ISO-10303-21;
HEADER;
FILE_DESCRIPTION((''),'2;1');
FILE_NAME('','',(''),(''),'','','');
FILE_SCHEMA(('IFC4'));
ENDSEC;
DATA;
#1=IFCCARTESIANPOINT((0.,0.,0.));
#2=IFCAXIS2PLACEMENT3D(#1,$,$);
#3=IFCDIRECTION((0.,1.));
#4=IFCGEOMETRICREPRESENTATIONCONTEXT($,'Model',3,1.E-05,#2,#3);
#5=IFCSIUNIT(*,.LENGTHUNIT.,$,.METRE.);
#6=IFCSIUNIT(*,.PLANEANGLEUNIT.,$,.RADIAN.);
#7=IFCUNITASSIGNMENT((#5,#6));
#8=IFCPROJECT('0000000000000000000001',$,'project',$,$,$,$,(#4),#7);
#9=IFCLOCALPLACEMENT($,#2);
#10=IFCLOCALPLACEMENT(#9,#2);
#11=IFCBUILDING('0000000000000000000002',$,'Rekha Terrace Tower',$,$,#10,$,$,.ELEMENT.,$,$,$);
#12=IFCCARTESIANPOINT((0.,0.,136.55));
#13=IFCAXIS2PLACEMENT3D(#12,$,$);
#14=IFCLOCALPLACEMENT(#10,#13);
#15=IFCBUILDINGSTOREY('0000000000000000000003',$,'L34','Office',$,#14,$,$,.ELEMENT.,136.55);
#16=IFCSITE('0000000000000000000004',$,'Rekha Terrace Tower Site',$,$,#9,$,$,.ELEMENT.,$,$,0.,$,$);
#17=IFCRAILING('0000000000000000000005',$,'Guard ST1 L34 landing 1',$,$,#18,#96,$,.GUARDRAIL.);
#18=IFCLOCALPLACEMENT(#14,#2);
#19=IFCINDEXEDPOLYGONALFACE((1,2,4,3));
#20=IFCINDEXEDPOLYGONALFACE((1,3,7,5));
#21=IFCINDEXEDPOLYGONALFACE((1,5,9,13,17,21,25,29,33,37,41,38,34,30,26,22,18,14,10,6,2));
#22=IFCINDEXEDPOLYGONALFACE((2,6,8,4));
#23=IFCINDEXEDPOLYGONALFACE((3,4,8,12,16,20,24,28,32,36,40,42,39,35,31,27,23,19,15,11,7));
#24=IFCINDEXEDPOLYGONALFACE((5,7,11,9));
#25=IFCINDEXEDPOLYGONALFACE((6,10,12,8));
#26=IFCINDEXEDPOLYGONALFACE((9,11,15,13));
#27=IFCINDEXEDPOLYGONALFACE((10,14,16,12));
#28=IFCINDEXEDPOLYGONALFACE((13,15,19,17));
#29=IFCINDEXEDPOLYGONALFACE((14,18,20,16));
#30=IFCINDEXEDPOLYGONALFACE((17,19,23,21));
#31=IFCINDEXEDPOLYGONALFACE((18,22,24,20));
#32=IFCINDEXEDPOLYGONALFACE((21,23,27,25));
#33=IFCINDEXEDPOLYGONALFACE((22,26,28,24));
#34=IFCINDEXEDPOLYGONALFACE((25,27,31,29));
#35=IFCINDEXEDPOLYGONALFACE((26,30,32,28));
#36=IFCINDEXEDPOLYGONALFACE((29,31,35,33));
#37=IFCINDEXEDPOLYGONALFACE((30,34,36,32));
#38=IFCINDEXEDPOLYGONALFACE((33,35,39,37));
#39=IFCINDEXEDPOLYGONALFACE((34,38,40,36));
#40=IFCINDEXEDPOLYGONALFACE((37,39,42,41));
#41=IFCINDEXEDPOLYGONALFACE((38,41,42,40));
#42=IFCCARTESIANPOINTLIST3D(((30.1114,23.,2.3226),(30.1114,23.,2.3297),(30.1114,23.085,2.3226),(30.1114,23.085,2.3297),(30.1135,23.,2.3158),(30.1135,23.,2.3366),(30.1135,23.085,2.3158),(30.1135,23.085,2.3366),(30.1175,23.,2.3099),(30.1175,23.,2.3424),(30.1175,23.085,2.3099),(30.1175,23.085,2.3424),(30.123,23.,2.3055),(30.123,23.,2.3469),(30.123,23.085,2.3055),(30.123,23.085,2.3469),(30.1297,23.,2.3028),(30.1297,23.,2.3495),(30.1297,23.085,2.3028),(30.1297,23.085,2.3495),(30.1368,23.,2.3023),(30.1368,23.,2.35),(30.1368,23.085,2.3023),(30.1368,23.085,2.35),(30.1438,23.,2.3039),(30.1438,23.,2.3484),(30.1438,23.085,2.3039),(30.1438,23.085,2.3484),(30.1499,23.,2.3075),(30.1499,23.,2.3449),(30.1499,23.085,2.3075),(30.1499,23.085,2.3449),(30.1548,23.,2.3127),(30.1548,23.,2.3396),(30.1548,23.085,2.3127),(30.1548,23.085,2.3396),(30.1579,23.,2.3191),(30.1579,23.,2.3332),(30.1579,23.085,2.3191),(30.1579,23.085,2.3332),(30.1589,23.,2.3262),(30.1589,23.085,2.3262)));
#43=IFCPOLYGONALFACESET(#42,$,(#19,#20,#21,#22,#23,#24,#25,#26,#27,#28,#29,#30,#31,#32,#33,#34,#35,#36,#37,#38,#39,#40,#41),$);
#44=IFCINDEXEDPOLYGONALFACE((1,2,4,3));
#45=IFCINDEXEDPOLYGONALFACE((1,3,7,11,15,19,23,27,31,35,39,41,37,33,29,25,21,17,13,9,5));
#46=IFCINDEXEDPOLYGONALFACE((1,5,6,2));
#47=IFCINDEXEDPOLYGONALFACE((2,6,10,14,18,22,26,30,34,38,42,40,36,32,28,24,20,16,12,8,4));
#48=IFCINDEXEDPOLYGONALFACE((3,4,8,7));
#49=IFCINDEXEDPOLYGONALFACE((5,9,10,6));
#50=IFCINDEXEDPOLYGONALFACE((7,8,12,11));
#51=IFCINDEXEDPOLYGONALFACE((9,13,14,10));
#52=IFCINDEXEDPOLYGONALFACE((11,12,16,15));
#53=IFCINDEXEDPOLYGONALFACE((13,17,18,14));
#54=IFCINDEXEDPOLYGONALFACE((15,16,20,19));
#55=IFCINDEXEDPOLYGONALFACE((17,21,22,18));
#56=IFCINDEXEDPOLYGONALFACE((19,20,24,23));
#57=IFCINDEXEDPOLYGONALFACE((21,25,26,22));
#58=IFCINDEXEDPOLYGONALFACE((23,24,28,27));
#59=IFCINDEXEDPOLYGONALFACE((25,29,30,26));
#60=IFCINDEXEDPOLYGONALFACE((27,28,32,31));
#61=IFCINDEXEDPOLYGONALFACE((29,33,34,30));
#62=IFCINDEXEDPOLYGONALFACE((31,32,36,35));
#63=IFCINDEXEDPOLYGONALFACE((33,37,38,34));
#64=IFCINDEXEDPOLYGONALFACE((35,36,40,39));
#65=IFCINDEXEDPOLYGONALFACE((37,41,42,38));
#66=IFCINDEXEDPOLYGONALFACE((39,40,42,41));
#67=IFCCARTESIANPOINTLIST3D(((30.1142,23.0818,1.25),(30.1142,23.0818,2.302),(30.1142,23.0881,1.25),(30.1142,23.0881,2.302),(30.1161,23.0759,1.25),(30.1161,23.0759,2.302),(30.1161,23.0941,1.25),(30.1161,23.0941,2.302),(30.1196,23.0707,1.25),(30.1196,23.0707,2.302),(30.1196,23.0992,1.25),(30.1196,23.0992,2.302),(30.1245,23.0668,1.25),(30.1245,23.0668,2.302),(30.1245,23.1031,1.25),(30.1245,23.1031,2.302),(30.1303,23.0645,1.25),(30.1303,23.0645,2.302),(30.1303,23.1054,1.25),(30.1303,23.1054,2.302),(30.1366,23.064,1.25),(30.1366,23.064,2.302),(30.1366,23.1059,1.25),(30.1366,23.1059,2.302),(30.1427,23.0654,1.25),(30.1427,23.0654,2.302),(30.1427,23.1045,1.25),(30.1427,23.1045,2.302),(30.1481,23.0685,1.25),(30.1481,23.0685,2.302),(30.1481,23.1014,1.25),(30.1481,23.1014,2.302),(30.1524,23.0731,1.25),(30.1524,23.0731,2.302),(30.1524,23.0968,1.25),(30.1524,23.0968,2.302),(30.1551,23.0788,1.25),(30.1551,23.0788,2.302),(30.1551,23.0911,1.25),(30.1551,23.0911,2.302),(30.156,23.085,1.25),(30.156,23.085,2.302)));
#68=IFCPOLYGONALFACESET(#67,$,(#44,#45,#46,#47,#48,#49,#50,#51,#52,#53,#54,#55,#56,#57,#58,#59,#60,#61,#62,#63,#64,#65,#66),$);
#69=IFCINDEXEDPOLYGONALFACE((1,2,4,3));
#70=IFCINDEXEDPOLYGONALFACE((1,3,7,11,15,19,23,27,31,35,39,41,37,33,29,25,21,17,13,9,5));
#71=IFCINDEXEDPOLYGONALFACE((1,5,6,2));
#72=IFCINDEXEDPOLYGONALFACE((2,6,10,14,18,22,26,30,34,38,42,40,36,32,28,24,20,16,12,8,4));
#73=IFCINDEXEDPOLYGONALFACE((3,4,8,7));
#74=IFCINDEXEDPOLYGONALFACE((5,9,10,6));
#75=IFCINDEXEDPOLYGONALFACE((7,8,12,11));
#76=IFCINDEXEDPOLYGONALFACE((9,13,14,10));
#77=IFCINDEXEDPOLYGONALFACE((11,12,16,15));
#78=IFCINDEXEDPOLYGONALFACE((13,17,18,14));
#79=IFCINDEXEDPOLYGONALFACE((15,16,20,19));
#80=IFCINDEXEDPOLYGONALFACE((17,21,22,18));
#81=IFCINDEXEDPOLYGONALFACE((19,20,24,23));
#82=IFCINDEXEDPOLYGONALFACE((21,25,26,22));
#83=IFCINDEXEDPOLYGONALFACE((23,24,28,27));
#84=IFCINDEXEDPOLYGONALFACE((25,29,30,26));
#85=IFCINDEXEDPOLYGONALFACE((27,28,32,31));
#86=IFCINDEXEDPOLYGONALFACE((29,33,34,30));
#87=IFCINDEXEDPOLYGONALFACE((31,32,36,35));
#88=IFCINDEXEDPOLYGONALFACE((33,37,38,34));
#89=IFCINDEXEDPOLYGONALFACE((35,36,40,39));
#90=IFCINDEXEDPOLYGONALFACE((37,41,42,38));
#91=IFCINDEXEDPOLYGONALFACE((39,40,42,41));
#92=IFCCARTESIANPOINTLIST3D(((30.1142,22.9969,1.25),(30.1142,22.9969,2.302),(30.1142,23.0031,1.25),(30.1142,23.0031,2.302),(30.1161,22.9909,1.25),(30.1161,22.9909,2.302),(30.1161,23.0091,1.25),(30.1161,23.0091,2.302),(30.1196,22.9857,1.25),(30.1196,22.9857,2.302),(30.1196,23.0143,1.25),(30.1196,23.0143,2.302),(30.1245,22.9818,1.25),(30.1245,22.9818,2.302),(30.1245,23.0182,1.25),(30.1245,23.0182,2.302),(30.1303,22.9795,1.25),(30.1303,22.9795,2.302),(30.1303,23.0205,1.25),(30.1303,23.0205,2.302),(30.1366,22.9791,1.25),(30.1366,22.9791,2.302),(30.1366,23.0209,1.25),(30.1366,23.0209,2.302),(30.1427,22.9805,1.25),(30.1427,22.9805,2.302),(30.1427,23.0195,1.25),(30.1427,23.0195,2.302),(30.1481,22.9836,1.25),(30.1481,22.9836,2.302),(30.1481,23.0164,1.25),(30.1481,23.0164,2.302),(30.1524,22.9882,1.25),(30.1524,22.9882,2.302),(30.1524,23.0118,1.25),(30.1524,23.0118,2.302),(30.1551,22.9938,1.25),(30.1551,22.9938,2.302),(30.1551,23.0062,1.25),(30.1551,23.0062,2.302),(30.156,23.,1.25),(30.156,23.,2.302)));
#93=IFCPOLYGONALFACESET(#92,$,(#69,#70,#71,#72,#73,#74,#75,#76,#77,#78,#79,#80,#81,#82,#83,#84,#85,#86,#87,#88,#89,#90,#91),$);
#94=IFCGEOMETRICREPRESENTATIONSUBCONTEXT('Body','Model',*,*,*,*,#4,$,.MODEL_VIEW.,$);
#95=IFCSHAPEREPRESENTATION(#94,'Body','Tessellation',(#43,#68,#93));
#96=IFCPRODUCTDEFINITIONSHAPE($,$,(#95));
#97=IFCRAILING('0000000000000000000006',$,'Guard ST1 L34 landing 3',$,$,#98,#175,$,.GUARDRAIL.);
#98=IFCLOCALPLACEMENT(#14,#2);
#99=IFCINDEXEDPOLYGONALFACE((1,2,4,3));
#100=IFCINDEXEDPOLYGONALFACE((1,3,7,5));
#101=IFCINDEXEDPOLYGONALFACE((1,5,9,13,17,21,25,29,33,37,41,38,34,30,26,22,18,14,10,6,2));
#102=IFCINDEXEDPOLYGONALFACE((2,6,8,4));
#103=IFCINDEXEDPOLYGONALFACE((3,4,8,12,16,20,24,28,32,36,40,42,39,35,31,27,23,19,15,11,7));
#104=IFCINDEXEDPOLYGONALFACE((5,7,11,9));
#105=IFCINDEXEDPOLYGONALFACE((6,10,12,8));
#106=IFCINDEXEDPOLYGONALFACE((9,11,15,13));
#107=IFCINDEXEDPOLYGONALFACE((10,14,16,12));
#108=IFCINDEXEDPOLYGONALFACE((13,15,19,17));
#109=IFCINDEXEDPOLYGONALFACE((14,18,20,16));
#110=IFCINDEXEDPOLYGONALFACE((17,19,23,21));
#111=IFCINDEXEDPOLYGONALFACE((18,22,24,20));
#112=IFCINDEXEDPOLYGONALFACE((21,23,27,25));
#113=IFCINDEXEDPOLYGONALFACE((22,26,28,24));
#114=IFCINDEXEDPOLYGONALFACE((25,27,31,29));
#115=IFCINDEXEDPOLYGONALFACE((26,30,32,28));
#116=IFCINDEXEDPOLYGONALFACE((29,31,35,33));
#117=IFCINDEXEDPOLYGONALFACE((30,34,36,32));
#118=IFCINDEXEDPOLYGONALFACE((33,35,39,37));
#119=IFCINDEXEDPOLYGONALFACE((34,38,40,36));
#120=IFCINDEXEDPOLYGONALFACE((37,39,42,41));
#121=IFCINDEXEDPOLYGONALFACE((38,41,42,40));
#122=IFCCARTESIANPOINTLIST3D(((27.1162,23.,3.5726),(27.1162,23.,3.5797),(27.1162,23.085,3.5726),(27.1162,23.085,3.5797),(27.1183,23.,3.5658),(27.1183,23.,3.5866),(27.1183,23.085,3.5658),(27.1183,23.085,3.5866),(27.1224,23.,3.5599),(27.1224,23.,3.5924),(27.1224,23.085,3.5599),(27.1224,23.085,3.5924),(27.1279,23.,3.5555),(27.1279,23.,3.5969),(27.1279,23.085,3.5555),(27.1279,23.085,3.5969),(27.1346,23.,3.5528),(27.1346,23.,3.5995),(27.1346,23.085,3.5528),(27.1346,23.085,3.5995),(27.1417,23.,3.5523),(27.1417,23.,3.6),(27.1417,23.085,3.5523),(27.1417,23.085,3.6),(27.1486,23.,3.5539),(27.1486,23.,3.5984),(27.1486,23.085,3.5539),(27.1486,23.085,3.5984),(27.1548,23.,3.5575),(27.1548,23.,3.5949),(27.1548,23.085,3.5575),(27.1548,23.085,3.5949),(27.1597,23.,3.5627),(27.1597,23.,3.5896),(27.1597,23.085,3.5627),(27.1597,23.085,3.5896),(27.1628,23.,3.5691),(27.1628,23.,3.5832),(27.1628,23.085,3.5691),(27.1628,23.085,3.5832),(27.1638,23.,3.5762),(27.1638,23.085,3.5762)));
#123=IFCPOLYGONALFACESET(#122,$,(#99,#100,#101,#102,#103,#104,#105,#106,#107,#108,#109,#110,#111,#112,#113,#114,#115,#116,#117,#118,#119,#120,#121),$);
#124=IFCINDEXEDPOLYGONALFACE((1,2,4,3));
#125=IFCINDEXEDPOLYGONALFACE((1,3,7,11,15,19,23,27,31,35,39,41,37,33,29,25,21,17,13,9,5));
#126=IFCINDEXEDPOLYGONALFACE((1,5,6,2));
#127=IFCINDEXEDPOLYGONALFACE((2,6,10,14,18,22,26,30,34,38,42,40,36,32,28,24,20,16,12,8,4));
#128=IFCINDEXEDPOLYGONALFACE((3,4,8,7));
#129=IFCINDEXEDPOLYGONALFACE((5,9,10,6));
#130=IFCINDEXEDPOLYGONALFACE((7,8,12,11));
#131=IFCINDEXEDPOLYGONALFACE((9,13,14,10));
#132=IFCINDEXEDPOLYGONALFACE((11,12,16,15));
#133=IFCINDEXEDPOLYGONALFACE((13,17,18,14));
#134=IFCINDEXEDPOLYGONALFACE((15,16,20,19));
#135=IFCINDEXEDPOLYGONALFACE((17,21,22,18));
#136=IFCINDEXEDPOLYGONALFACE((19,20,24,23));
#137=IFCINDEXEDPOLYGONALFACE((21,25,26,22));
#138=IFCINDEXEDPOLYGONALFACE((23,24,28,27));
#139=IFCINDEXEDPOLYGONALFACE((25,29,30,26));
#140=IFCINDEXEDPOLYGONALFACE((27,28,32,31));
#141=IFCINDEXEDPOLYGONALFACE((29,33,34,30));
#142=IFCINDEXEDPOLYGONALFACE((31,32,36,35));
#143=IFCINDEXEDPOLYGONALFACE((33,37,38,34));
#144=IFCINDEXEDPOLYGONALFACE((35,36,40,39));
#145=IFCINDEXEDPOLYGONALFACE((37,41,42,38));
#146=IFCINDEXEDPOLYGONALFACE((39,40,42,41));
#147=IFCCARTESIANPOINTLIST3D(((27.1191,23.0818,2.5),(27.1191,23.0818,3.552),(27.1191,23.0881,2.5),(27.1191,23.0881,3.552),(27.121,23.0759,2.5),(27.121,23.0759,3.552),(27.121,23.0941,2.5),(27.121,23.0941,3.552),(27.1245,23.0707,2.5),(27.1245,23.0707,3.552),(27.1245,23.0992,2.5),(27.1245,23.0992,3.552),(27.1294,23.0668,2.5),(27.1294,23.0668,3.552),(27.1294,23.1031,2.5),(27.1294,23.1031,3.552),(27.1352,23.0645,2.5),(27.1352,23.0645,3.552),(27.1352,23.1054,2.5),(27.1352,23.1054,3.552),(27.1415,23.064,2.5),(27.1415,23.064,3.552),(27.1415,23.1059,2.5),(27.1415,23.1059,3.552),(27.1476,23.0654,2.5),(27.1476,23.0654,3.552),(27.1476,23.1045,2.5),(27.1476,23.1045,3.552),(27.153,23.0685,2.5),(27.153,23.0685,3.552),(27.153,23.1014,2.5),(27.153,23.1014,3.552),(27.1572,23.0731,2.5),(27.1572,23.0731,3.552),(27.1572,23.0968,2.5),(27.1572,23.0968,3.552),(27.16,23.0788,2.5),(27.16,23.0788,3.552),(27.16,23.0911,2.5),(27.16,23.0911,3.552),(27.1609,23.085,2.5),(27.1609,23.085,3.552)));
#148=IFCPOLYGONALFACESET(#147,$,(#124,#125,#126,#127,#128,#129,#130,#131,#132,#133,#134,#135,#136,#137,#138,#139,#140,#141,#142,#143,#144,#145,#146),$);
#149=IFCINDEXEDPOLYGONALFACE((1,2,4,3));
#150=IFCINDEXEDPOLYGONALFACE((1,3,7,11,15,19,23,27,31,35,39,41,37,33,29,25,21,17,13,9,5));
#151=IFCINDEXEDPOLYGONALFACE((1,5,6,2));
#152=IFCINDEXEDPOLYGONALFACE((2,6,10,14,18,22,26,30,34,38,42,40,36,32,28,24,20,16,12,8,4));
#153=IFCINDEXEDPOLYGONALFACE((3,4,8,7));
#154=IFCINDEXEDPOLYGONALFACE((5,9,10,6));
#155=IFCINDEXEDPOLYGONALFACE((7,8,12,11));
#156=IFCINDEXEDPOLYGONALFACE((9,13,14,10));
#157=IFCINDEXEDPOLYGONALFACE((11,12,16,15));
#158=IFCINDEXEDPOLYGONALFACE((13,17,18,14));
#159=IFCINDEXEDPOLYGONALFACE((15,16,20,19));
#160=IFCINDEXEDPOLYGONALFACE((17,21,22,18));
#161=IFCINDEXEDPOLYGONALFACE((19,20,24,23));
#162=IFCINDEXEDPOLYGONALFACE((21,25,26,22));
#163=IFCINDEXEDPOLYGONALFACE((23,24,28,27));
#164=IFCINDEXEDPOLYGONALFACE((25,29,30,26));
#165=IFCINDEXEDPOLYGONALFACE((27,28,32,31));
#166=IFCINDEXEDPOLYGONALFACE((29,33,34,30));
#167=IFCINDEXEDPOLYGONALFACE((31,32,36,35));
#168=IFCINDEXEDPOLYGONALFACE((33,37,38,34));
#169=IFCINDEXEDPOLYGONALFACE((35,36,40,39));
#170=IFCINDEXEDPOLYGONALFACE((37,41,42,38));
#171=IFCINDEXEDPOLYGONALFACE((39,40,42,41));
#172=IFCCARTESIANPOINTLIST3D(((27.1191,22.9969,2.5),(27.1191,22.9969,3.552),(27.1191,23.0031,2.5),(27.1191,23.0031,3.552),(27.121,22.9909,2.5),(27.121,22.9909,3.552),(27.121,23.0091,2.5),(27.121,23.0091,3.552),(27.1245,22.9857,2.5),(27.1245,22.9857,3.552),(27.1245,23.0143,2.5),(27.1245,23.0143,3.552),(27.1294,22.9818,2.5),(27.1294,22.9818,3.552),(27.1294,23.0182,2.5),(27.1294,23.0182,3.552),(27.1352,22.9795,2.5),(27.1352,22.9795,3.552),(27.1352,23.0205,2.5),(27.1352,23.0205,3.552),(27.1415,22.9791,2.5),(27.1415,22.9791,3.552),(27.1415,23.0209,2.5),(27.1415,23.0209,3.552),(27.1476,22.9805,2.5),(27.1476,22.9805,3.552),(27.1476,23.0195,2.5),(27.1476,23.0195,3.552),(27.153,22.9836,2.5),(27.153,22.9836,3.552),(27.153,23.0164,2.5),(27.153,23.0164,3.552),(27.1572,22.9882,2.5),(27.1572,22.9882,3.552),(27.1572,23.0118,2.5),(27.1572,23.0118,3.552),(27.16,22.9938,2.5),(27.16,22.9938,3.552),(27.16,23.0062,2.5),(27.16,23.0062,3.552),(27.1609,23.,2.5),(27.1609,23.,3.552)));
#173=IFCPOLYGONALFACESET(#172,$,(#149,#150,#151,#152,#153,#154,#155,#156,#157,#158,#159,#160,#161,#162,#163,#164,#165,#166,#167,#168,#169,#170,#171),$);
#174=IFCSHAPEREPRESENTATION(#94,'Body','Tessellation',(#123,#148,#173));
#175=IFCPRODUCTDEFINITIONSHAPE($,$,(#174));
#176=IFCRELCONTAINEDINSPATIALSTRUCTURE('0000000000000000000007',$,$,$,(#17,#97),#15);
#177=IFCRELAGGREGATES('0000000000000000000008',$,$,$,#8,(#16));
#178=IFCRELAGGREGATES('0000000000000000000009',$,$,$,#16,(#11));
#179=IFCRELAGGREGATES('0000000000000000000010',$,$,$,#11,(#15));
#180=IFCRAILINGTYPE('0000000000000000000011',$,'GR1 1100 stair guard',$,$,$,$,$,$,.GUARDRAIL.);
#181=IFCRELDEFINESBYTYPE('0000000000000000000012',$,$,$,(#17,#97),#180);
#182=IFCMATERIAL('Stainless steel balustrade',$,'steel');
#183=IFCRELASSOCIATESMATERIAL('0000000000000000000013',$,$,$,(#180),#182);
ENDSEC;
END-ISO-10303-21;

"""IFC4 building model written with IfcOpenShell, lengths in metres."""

from ifc_helpers import new_model, si_unit, direction, frame, origin, origin_2d, place, context, subcontext, project, spatial, circle, extrude, material, type_object, element, save


model = new_model("IFC4")

# Units and contexts
model_context = context("Model", 3, precision=1e-05, world=origin(), true_north=direction((0.0, 1.0)))
body_context = subcontext(model_context, "Body", "Model", "MODEL_VIEW")
ifc_project = project(units=[si_unit("LENGTHUNIT", "METRE"), si_unit("PLANEANGLEUNIT", "RADIAN")], contexts=[model_context])

# Site, building, storey
site_placement = place(None, origin())
site = spatial("IfcSite", under=ifc_project, at=site_placement, Name="Rekha Terrace Tower Site", CompositionType="ELEMENT", RefElevation=0.0)
building_placement = place(site_placement, origin())
building = spatial("IfcBuilding", under=site, at=building_placement, Name="Rekha Terrace Tower", CompositionType="ELEMENT")
storey_placement = place(building_placement, frame((0.0, 0.0, 136.55)))
storey = spatial("IfcBuildingStorey", under=building, at=storey_placement, Name="L34", Description="Office", CompositionType="ELEMENT", Elevation=136.55)

# Railings
ifc_material_1 = material(Name="Stainless steel balustrade", Category="steel")
railing_type_1 = type_object("IfcRailingType", Name="GR1 1100 stair guard", PredefinedType="GUARDRAIL", material=ifc_material_1)
for number, where, name in (
    (1, (30.135, 23.085, 1.25), "Guard ST1 L34 landing 1"),
    (2, (27.1399, 23.085, 2.5), "Guard ST1 L34 landing 3"),
):
    element("IfcRailing", number, at=place(storey_placement, frame(where)), inside=storey, type_object=railing_type_1, Name=name, PredefinedType="GUARDRAIL", context=body_context, shape_type="SweptSolid", body=[
        extrude(circle(Radius=0.0239, at=origin_2d()), frame((0.0, 0.0, 1.0762), z_axis=(0.0, -1.0, 0.0), x_axis=(1.0, 0.0, 0.0)), (0.0, 0.0, 1.0), 0.085),
        extrude(circle(Radius=0.021, at=origin_2d()), origin(), (0.0, 0.0, 1.0), 1.052),
        extrude(circle(Radius=0.021, at=origin_2d()), frame((0.0, -0.085, 0.0)), (0.0, 0.0, 1.0), 1.052),
    ])

save(model, "model.ifc")
